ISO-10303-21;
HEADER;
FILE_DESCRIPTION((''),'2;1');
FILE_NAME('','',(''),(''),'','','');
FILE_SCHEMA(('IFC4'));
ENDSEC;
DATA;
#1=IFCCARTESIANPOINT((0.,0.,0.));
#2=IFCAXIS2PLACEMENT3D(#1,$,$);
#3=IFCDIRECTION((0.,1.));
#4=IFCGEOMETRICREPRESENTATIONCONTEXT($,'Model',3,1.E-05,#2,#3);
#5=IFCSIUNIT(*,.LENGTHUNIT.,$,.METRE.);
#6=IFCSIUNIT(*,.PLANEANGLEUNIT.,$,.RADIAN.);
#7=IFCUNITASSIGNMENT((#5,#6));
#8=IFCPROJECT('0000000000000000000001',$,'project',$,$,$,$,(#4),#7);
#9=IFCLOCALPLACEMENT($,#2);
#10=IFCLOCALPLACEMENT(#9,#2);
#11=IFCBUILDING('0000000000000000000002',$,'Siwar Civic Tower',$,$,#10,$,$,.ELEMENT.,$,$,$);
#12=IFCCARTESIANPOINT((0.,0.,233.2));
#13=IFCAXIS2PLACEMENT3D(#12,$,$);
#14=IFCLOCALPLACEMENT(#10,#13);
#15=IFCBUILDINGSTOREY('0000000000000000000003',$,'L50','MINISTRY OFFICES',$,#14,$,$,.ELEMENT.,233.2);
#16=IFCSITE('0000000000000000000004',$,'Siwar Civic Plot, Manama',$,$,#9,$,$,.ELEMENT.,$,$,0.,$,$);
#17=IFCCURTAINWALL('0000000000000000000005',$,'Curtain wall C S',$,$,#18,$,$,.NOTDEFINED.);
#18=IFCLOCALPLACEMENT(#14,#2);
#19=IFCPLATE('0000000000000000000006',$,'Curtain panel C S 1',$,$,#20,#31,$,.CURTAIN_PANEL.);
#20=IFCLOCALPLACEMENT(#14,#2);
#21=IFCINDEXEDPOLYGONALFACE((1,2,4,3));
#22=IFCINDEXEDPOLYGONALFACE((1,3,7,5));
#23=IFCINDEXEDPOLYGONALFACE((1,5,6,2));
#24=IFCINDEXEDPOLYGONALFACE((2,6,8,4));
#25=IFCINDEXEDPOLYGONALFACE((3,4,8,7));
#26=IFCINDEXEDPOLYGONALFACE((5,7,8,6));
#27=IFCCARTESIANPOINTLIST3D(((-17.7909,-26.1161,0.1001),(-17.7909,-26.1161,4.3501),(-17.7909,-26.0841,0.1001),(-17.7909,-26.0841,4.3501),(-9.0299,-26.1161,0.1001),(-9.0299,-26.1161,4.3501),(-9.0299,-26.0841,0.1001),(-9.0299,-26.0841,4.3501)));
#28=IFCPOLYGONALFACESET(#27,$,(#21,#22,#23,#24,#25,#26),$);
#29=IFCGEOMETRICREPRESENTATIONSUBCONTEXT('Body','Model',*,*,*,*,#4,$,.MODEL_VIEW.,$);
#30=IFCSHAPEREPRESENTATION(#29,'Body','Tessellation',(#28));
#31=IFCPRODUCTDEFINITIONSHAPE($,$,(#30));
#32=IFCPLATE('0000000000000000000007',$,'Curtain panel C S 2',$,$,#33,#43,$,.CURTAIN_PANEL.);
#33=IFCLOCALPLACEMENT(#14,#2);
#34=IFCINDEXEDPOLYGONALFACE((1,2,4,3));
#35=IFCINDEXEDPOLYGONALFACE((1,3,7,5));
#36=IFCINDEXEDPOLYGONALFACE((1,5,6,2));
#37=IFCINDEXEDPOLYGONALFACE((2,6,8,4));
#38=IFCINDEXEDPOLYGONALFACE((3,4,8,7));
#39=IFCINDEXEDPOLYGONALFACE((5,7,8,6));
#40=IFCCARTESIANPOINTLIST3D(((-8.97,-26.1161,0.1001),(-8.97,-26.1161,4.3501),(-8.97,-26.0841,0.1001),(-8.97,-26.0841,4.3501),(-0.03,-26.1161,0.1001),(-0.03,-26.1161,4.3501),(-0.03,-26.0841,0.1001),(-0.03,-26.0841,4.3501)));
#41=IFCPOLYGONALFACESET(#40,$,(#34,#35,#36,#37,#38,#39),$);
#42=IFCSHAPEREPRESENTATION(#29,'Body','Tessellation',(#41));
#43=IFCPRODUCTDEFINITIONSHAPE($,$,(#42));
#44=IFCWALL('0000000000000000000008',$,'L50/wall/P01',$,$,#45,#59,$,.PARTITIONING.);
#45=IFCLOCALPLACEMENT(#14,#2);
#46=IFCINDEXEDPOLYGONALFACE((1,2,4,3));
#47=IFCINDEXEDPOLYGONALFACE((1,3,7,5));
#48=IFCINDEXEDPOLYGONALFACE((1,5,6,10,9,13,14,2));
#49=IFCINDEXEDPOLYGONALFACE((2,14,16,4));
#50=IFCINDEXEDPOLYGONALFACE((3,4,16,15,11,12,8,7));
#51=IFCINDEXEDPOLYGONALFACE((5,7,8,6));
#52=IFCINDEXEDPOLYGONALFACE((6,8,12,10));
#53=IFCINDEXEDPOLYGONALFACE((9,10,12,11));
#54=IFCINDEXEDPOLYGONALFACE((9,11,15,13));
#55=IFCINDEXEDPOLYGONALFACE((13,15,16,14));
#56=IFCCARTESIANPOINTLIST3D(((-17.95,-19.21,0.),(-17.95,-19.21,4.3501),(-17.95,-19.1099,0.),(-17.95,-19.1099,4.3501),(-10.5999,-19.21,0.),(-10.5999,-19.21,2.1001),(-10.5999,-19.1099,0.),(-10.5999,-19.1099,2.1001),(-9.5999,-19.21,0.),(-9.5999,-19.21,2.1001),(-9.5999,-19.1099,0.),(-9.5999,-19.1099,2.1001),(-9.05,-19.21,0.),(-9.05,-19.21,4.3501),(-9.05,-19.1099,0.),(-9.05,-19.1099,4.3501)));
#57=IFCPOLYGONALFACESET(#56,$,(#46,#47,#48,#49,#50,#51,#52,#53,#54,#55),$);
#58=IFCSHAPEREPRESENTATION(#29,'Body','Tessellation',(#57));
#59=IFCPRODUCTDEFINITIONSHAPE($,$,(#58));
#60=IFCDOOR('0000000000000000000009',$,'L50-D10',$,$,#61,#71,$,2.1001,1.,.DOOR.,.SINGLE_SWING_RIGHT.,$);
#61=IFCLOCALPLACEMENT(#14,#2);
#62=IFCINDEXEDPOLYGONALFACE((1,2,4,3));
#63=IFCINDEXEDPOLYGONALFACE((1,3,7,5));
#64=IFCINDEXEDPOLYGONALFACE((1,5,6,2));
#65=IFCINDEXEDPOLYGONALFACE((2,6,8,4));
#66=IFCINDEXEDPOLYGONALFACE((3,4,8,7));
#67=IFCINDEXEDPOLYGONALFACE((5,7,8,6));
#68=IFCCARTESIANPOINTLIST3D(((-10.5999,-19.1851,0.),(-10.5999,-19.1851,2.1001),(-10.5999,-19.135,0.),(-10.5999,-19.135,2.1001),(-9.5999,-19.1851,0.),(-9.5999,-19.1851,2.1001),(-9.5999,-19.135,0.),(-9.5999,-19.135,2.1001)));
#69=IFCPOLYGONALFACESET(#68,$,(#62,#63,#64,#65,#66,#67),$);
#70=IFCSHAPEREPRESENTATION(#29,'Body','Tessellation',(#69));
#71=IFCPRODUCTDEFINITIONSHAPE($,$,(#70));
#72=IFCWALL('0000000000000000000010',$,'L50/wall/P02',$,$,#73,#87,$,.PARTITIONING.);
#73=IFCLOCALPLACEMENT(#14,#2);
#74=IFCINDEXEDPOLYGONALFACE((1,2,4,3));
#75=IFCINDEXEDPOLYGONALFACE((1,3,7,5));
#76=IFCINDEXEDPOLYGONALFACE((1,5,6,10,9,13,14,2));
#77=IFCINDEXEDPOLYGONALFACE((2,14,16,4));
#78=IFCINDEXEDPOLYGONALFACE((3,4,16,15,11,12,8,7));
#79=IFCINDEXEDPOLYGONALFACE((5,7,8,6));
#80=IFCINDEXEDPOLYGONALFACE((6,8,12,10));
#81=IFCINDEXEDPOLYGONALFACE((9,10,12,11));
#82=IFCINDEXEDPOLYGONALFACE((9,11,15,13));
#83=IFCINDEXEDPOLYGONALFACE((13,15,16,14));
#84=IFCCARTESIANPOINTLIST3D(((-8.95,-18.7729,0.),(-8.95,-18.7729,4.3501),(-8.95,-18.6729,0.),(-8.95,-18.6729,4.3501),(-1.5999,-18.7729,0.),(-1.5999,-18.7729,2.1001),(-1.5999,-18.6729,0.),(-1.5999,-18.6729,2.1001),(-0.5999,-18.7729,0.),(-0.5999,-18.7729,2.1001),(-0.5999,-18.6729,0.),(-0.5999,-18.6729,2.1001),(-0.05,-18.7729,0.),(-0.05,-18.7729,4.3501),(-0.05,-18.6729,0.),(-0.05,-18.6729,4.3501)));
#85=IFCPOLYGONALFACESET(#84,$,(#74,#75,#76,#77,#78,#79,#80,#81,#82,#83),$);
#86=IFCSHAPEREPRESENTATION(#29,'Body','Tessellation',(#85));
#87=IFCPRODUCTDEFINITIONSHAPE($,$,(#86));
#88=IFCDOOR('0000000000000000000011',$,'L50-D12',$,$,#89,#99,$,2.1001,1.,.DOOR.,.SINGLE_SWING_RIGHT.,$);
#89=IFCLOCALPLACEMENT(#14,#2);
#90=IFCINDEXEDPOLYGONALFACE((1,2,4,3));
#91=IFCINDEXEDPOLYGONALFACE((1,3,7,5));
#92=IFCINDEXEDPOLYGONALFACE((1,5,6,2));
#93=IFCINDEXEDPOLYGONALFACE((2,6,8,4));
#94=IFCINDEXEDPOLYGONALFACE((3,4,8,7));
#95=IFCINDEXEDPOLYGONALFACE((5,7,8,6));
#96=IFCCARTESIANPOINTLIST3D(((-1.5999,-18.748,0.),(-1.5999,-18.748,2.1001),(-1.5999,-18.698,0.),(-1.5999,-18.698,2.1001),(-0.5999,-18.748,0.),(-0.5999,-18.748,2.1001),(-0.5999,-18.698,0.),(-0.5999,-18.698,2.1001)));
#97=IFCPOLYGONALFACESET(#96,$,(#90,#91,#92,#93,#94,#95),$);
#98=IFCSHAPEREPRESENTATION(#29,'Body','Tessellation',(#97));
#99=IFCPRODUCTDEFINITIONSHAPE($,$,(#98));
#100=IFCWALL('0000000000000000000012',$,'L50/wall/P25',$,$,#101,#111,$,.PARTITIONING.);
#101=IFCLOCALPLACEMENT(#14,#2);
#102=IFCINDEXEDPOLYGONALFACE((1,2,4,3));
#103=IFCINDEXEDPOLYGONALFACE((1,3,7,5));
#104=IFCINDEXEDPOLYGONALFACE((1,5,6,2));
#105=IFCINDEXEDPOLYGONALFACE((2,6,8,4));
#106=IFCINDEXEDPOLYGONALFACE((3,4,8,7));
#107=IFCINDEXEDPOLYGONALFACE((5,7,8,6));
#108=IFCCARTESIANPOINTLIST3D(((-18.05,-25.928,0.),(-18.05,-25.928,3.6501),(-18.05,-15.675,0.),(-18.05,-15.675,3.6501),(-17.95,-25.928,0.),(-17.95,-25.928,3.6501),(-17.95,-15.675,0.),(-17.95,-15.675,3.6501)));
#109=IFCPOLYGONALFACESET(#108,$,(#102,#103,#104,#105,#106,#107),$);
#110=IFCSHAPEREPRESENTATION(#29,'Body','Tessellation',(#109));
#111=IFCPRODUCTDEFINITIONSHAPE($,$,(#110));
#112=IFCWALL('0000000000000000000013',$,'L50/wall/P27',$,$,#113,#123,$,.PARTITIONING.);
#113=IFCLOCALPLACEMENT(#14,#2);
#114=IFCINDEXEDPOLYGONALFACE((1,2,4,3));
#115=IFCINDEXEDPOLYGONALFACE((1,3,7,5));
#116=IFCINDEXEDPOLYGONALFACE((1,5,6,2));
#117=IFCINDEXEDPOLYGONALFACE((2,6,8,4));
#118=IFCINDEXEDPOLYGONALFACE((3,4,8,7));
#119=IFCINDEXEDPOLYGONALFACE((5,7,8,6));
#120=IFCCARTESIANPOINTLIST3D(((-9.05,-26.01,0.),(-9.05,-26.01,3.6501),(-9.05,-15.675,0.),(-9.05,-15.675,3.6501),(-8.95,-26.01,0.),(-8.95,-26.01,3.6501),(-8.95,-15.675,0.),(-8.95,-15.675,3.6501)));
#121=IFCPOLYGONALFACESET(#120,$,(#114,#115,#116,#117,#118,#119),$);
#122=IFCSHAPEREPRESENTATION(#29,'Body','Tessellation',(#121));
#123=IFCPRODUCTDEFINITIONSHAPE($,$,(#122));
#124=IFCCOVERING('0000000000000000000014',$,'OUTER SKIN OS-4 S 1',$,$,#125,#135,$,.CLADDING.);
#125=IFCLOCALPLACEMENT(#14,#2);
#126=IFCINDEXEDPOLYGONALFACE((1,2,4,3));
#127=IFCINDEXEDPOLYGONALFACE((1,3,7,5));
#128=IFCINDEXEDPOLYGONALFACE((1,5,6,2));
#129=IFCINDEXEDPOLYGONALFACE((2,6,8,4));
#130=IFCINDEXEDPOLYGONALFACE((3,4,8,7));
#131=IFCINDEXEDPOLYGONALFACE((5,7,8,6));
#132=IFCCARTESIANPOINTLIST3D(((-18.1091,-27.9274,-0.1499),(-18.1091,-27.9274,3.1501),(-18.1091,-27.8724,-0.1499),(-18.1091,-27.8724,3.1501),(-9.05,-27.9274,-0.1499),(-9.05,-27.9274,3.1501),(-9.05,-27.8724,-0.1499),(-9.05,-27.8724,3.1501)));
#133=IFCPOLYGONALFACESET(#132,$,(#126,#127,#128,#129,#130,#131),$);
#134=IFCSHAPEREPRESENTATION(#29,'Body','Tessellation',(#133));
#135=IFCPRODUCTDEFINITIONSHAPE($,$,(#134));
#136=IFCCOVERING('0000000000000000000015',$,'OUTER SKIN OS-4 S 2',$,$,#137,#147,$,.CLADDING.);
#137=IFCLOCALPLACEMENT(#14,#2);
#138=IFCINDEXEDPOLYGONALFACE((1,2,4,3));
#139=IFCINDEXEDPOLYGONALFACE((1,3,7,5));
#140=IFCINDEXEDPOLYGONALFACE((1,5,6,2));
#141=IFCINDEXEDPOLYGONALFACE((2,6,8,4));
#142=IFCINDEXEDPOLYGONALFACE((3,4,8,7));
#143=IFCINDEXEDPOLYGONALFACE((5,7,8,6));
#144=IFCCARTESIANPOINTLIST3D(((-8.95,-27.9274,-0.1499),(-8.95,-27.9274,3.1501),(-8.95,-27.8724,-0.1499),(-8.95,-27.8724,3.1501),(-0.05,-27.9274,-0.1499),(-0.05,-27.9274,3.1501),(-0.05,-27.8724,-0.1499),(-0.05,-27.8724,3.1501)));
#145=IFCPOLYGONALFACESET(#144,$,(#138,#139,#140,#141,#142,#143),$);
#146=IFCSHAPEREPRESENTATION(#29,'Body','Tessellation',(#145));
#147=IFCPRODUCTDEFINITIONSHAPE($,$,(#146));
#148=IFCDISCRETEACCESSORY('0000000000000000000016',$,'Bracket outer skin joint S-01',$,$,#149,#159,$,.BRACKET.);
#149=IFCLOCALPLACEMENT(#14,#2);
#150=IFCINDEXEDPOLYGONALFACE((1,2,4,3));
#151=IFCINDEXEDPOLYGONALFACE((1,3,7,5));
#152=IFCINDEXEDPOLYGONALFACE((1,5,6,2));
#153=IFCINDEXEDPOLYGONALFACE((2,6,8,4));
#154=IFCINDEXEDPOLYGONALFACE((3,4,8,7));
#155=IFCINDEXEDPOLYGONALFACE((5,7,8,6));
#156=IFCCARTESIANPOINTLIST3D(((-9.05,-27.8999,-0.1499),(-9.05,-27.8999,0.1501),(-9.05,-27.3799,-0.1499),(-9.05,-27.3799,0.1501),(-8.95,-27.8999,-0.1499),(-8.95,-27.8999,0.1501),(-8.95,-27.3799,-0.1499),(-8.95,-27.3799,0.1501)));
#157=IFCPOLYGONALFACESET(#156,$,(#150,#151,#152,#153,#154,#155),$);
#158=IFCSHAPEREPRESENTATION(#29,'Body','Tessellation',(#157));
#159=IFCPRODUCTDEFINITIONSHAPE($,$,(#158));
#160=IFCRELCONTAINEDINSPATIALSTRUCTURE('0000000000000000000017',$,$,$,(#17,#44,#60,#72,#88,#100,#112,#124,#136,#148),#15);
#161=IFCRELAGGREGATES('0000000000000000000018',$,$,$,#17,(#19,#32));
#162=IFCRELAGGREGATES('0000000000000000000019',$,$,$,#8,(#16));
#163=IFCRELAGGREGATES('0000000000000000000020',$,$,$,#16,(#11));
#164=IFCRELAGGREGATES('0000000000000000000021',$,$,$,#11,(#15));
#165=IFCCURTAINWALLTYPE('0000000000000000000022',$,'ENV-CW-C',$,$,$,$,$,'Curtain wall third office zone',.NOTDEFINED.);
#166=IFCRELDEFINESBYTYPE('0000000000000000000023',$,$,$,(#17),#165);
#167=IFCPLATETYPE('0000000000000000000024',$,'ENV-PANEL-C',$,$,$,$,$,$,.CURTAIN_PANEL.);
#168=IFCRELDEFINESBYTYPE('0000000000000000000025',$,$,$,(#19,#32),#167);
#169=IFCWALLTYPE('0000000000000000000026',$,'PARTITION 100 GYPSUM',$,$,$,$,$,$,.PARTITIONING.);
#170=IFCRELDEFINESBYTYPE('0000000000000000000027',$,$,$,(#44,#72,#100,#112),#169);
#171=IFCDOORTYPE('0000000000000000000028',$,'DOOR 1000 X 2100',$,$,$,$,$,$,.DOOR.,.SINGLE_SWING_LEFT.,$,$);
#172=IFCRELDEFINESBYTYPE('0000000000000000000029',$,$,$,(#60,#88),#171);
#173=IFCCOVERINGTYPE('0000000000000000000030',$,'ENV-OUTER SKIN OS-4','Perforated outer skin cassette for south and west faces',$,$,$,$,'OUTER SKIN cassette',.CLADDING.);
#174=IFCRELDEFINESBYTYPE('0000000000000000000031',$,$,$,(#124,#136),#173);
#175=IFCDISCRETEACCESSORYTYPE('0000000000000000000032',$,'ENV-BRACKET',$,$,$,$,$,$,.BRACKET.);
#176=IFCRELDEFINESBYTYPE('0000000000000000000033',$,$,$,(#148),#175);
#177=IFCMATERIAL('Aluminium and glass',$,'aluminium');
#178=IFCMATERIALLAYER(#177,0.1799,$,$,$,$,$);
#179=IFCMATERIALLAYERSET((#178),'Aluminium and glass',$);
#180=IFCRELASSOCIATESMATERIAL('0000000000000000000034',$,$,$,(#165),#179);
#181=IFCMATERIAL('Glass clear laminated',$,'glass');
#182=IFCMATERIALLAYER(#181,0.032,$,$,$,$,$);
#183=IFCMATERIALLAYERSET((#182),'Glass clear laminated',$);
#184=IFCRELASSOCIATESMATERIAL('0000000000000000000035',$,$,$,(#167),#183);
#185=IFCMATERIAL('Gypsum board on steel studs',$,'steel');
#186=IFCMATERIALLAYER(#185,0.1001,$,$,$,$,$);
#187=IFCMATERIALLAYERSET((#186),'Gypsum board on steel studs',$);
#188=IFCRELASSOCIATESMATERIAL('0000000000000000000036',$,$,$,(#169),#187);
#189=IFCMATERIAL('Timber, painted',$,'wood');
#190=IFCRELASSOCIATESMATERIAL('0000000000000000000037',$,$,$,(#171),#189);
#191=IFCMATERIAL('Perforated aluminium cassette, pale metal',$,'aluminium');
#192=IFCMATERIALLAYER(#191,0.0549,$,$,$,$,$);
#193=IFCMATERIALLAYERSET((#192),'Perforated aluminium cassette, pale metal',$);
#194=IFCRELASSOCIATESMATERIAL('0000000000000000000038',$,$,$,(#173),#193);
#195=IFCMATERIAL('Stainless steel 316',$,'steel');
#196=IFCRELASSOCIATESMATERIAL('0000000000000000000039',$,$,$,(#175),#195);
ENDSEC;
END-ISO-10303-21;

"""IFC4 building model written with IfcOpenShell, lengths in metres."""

from ifc_helpers import new_model, si_unit, direction, frame, frame_2d, origin, origin_2d, place, context, subcontext, project, spatial, rectangle, extrude, material, layer, layer_set, type_object, element, fill, aggregate, save


model = new_model("IFC4")

# Units and contexts
model_context = context("Model", 3, precision=1e-05, world=origin(), true_north=direction((0.0, 1.0)))
body_context = subcontext(model_context, "Body", "Model", "MODEL_VIEW")
ifc_project = project(units=[si_unit("LENGTHUNIT", "METRE"), si_unit("PLANEANGLEUNIT", "RADIAN")], contexts=[model_context])

# Site, building, storey
site_placement = place(None, origin())
site = spatial("IfcSite", under=ifc_project, at=site_placement, Name="Siwar Civic Plot, Manama", CompositionType="ELEMENT", RefElevation=0.0)
building_placement = place(site_placement, origin())
building = spatial("IfcBuilding", under=site, at=building_placement, Name="Siwar Civic Tower", CompositionType="ELEMENT")
storey_placement = place(building_placement, frame((0.0, 0.0, 233.2)))
storey = spatial("IfcBuildingStorey", under=building, at=storey_placement, Name="L50", Description="MINISTRY OFFICES", CompositionType="ELEMENT", Elevation=233.2)

# Curtain wall
ifc_material_1 = material(Name="Aluminium and glass", Category="aluminium")
ifc_layer_1 = layer(ifc_material_1, 0.1799)
ifc_layer_set_1 = layer_set([ifc_layer_1], Name="Aluminium and glass")
curtain_wall_type = type_object("IfcCurtainWallType", Name="ENV-CW-C", ElementType="Curtain wall third office zone", PredefinedType="NOTDEFINED", material=ifc_layer_set_1)
curtain_wall_placement = place(storey_placement, origin())
curtain_wall = element("IfcCurtainWall", 1, at=curtain_wall_placement, inside=storey, type_object=curtain_wall_type, Name="Curtain wall C S", PredefinedType="NOTDEFINED")

# Plates
ifc_material_2 = material(Name="Glass clear laminated", Category="glass")
ifc_layer_2 = layer(ifc_material_2, 0.032)
ifc_layer_set_2 = layer_set([ifc_layer_2], Name="Glass clear laminated")
plate_type = type_object("IfcPlateType", Name="ENV-PANEL-C", PredefinedType="CURTAIN_PANEL", material=ifc_layer_set_2)
plate_1_placement = place(storey_placement, frame((-13.4104, -26.1001, 0.1001), z_axis=(0.0, 0.0, 1.0), x_axis=(1.0, 0.0, 0.0)))
plate_1 = element("IfcPlate", 2, at=plate_1_placement, type_object=plate_type, Name="Curtain panel C S 1", PredefinedType="CURTAIN_PANEL", context=body_context, shape_type="SweptSolid", body=[
    extrude(rectangle(XDim=8.761, YDim=0.032, at=origin_2d()), origin(), (0.0, 0.0, 1.0), 4.25),
])
plate_2_placement = place(storey_placement, frame((-4.5, -26.1001, 0.1001), z_axis=(0.0, 0.0, 1.0), x_axis=(1.0, 0.0, 0.0)))
plate_2 = element("IfcPlate", 3, at=plate_2_placement, type_object=plate_type, Name="Curtain panel C S 2", PredefinedType="CURTAIN_PANEL", context=body_context, shape_type="SweptSolid", body=[
    extrude(rectangle(XDim=8.9399, YDim=0.032, at=origin_2d()), origin(), (0.0, 0.0, 1.0), 4.25),
])
aggregate(curtain_wall, [plate_1, plate_2])

# Walls, openings, doors
ifc_material_3 = material(Name="Gypsum board on steel studs", Category="steel")
ifc_layer_3 = layer(ifc_material_3, 0.1001)
ifc_layer_set_3 = layer_set([ifc_layer_3], Name="Gypsum board on steel studs")
wall_type = type_object("IfcWallType", Name="PARTITION 100 GYPSUM", PredefinedType="PARTITIONING", material=ifc_layer_set_3)
wall_1_placement = place(storey_placement, frame((-17.95, -19.1599, 0.0), z_axis=(0.0, 0.0, 1.0), x_axis=(1.0, 0.0, 0.0)))
wall_1 = element("IfcWall", 4, at=wall_1_placement, inside=storey, type_object=wall_type, Name="L50/wall/P01", PredefinedType="PARTITIONING", context=body_context, shape_type="SweptSolid", body=[
    extrude(rectangle(XDim=8.8999, YDim=0.1001, at=frame_2d((4.45, 0.0))), origin(), (0.0, 0.0, 1.0), 4.3501),
])
opening_1_placement = place(wall_1_placement, frame((7.3501, 0.0, 0.0)))
opening_1 = element("IfcOpeningElement", 5, at=opening_1_placement, cuts=wall_1, PredefinedType="OPENING", context=body_context, shape_type="SweptSolid", body=[
    extrude(rectangle(XDim=1.0, YDim=2.1001, at=frame_2d((0.5, 1.05))), frame((0.0, 0.0601, 0.0), z_axis=(0.0, -1.0, 0.0), x_axis=(1.0, 0.0, 0.0)), (0.0, 0.0, 1.0), 0.1201),
])
ifc_material_4 = material(Name="Timber, painted", Category="wood")
door_type = type_object("IfcDoorType", Name="DOOR 1000 X 2100", OperationType="SINGLE_SWING_LEFT", PredefinedType="DOOR", material=ifc_material_4)
door_1_placement = place(opening_1_placement, origin())
door_1 = element("IfcDoor", 6, at=door_1_placement, inside=storey, type_object=door_type, Name="L50-D10", OperationType="SINGLE_SWING_RIGHT", OverallHeight=2.1001, OverallWidth=1.0, PredefinedType="DOOR", context=body_context, shape_type="SweptSolid", body=[
    extrude(rectangle(XDim=1.0, YDim=2.1001, at=frame_2d((0.5, 1.05))), frame((0.0, 0.0249, 0.0), z_axis=(0.0, -1.0, 0.0), x_axis=(1.0, 0.0, 0.0)), (0.0, 0.0, 1.0), 0.05),
])
fill(opening_1, door_1)
wall_2_placement = place(storey_placement, frame((-8.95, -18.7229, 0.0), z_axis=(0.0, 0.0, 1.0), x_axis=(1.0, 0.0, 0.0)))
wall_2 = element("IfcWall", 7, at=wall_2_placement, inside=storey, type_object=wall_type, Name="L50/wall/P02", PredefinedType="PARTITIONING", context=body_context, shape_type="SweptSolid", body=[
    extrude(rectangle(XDim=8.8999, YDim=0.1001, at=frame_2d((4.45, 0.0))), origin(), (0.0, 0.0, 1.0), 4.3501),
])
opening_2_placement = place(wall_2_placement, frame((7.3501, 0.0, 0.0)))
opening_2 = element("IfcOpeningElement", 8, at=opening_2_placement, cuts=wall_2, PredefinedType="OPENING", context=body_context, shape_type="SweptSolid", body=[
    extrude(rectangle(XDim=1.0, YDim=2.1001, at=frame_2d((0.5, 1.05))), frame((0.0, 0.0601, 0.0), z_axis=(0.0, -1.0, 0.0), x_axis=(1.0, 0.0, 0.0)), (0.0, 0.0, 1.0), 0.1201),
])
door_2_placement = place(opening_2_placement, origin())
door_2 = element("IfcDoor", 9, at=door_2_placement, inside=storey, type_object=door_type, Name="L50-D12", OperationType="SINGLE_SWING_RIGHT", OverallHeight=2.1001, OverallWidth=1.0, PredefinedType="DOOR", context=body_context, shape_type="SweptSolid", body=[
    extrude(rectangle(XDim=1.0, YDim=2.1001, at=frame_2d((0.5, 1.05))), frame((0.0, 0.0249, 0.0), z_axis=(0.0, -1.0, 0.0), x_axis=(1.0, 0.0, 0.0)), (0.0, 0.0, 1.0), 0.05),
])
fill(opening_2, door_2)

# Walls
wall_3_placement = place(storey_placement, frame((-18.0, -25.928, 0.0), z_axis=(0.0, 0.0, 1.0), x_axis=(0.0, 1.0, 0.0)))
element("IfcWall", 10, at=wall_3_placement, inside=storey, type_object=wall_type, Name="L50/wall/P25", PredefinedType="PARTITIONING", context=body_context, shape_type="SweptSolid", body=[
    extrude(rectangle(XDim=10.2529, YDim=0.1001, at=frame_2d((5.1265, 0.0))), origin(), (0.0, 0.0, 1.0), 3.6501),
])
wall_4_placement = place(storey_placement, frame((-9.0, -26.01, 0.0), z_axis=(0.0, 0.0, 1.0), x_axis=(0.0, 1.0, 0.0)))
element("IfcWall", 11, at=wall_4_placement, inside=storey, type_object=wall_type, Name="L50/wall/P27", PredefinedType="PARTITIONING", context=body_context, shape_type="SweptSolid", body=[
    extrude(rectangle(XDim=10.335, YDim=0.1001, at=frame_2d((5.1675, 0.0))), origin(), (0.0, 0.0, 1.0), 3.6501),
])

# Coverings
ifc_material_5 = material(Name="Perforated aluminium cassette, pale metal", Category="aluminium")
ifc_layer_4 = layer(ifc_material_5, 0.0549)
ifc_layer_set_4 = layer_set([ifc_layer_4], Name="Perforated aluminium cassette, pale metal")
covering_type = type_object("IfcCoveringType", Name="ENV-OUTER SKIN OS-4", Description="Perforated outer skin cassette for south and west faces", ElementType="OUTER SKIN cassette", PredefinedType="CLADDING", material=ifc_layer_set_4)
covering_1_placement = place(storey_placement, frame((-13.5796, -27.8999, -0.1499), z_axis=(0.0, 0.0, 1.0), x_axis=(1.0, 0.0, 0.0)))
element("IfcCovering", 12, at=covering_1_placement, inside=storey, type_object=covering_type, Name="OUTER SKIN OS-4 S 1", PredefinedType="CLADDING", context=body_context, shape_type="SweptSolid", body=[
    extrude(rectangle(XDim=9.0591, YDim=0.0549, at=origin_2d()), origin(), (0.0, 0.0, 1.0), 3.3),
])
covering_2_placement = place(storey_placement, frame((-4.5, -27.8999, -0.1499), z_axis=(0.0, 0.0, 1.0), x_axis=(1.0, 0.0, 0.0)))
element("IfcCovering", 13, at=covering_2_placement, inside=storey, type_object=covering_type, Name="OUTER SKIN OS-4 S 2", PredefinedType="CLADDING", context=body_context, shape_type="SweptSolid", body=[
    extrude(rectangle(XDim=8.8999, YDim=0.0549, at=origin_2d()), origin(), (0.0, 0.0, 1.0), 3.3),
])

# Discrete accessory
ifc_material_6 = material(Name="Stainless steel 316", Category="steel")
discrete_accessory_type = type_object("IfcDiscreteAccessoryType", Name="ENV-BRACKET", PredefinedType="BRACKET", material=ifc_material_6)
discrete_accessory_placement = place(storey_placement, frame((-9.0, -27.6399, -0.1499), z_axis=(0.0, 0.0, 1.0), x_axis=(0.0, -1.0, 0.0)))
element("IfcDiscreteAccessory", 14, at=discrete_accessory_placement, inside=storey, type_object=discrete_accessory_type, Name="Bracket outer skin joint S-01", PredefinedType="BRACKET", context=body_context, shape_type="SweptSolid", body=[
    extrude(rectangle(XDim=0.52, YDim=0.1001, at=origin_2d()), origin(), (0.0, 0.0, 1.0), 0.3),
])

save(model, "model.ifc")
